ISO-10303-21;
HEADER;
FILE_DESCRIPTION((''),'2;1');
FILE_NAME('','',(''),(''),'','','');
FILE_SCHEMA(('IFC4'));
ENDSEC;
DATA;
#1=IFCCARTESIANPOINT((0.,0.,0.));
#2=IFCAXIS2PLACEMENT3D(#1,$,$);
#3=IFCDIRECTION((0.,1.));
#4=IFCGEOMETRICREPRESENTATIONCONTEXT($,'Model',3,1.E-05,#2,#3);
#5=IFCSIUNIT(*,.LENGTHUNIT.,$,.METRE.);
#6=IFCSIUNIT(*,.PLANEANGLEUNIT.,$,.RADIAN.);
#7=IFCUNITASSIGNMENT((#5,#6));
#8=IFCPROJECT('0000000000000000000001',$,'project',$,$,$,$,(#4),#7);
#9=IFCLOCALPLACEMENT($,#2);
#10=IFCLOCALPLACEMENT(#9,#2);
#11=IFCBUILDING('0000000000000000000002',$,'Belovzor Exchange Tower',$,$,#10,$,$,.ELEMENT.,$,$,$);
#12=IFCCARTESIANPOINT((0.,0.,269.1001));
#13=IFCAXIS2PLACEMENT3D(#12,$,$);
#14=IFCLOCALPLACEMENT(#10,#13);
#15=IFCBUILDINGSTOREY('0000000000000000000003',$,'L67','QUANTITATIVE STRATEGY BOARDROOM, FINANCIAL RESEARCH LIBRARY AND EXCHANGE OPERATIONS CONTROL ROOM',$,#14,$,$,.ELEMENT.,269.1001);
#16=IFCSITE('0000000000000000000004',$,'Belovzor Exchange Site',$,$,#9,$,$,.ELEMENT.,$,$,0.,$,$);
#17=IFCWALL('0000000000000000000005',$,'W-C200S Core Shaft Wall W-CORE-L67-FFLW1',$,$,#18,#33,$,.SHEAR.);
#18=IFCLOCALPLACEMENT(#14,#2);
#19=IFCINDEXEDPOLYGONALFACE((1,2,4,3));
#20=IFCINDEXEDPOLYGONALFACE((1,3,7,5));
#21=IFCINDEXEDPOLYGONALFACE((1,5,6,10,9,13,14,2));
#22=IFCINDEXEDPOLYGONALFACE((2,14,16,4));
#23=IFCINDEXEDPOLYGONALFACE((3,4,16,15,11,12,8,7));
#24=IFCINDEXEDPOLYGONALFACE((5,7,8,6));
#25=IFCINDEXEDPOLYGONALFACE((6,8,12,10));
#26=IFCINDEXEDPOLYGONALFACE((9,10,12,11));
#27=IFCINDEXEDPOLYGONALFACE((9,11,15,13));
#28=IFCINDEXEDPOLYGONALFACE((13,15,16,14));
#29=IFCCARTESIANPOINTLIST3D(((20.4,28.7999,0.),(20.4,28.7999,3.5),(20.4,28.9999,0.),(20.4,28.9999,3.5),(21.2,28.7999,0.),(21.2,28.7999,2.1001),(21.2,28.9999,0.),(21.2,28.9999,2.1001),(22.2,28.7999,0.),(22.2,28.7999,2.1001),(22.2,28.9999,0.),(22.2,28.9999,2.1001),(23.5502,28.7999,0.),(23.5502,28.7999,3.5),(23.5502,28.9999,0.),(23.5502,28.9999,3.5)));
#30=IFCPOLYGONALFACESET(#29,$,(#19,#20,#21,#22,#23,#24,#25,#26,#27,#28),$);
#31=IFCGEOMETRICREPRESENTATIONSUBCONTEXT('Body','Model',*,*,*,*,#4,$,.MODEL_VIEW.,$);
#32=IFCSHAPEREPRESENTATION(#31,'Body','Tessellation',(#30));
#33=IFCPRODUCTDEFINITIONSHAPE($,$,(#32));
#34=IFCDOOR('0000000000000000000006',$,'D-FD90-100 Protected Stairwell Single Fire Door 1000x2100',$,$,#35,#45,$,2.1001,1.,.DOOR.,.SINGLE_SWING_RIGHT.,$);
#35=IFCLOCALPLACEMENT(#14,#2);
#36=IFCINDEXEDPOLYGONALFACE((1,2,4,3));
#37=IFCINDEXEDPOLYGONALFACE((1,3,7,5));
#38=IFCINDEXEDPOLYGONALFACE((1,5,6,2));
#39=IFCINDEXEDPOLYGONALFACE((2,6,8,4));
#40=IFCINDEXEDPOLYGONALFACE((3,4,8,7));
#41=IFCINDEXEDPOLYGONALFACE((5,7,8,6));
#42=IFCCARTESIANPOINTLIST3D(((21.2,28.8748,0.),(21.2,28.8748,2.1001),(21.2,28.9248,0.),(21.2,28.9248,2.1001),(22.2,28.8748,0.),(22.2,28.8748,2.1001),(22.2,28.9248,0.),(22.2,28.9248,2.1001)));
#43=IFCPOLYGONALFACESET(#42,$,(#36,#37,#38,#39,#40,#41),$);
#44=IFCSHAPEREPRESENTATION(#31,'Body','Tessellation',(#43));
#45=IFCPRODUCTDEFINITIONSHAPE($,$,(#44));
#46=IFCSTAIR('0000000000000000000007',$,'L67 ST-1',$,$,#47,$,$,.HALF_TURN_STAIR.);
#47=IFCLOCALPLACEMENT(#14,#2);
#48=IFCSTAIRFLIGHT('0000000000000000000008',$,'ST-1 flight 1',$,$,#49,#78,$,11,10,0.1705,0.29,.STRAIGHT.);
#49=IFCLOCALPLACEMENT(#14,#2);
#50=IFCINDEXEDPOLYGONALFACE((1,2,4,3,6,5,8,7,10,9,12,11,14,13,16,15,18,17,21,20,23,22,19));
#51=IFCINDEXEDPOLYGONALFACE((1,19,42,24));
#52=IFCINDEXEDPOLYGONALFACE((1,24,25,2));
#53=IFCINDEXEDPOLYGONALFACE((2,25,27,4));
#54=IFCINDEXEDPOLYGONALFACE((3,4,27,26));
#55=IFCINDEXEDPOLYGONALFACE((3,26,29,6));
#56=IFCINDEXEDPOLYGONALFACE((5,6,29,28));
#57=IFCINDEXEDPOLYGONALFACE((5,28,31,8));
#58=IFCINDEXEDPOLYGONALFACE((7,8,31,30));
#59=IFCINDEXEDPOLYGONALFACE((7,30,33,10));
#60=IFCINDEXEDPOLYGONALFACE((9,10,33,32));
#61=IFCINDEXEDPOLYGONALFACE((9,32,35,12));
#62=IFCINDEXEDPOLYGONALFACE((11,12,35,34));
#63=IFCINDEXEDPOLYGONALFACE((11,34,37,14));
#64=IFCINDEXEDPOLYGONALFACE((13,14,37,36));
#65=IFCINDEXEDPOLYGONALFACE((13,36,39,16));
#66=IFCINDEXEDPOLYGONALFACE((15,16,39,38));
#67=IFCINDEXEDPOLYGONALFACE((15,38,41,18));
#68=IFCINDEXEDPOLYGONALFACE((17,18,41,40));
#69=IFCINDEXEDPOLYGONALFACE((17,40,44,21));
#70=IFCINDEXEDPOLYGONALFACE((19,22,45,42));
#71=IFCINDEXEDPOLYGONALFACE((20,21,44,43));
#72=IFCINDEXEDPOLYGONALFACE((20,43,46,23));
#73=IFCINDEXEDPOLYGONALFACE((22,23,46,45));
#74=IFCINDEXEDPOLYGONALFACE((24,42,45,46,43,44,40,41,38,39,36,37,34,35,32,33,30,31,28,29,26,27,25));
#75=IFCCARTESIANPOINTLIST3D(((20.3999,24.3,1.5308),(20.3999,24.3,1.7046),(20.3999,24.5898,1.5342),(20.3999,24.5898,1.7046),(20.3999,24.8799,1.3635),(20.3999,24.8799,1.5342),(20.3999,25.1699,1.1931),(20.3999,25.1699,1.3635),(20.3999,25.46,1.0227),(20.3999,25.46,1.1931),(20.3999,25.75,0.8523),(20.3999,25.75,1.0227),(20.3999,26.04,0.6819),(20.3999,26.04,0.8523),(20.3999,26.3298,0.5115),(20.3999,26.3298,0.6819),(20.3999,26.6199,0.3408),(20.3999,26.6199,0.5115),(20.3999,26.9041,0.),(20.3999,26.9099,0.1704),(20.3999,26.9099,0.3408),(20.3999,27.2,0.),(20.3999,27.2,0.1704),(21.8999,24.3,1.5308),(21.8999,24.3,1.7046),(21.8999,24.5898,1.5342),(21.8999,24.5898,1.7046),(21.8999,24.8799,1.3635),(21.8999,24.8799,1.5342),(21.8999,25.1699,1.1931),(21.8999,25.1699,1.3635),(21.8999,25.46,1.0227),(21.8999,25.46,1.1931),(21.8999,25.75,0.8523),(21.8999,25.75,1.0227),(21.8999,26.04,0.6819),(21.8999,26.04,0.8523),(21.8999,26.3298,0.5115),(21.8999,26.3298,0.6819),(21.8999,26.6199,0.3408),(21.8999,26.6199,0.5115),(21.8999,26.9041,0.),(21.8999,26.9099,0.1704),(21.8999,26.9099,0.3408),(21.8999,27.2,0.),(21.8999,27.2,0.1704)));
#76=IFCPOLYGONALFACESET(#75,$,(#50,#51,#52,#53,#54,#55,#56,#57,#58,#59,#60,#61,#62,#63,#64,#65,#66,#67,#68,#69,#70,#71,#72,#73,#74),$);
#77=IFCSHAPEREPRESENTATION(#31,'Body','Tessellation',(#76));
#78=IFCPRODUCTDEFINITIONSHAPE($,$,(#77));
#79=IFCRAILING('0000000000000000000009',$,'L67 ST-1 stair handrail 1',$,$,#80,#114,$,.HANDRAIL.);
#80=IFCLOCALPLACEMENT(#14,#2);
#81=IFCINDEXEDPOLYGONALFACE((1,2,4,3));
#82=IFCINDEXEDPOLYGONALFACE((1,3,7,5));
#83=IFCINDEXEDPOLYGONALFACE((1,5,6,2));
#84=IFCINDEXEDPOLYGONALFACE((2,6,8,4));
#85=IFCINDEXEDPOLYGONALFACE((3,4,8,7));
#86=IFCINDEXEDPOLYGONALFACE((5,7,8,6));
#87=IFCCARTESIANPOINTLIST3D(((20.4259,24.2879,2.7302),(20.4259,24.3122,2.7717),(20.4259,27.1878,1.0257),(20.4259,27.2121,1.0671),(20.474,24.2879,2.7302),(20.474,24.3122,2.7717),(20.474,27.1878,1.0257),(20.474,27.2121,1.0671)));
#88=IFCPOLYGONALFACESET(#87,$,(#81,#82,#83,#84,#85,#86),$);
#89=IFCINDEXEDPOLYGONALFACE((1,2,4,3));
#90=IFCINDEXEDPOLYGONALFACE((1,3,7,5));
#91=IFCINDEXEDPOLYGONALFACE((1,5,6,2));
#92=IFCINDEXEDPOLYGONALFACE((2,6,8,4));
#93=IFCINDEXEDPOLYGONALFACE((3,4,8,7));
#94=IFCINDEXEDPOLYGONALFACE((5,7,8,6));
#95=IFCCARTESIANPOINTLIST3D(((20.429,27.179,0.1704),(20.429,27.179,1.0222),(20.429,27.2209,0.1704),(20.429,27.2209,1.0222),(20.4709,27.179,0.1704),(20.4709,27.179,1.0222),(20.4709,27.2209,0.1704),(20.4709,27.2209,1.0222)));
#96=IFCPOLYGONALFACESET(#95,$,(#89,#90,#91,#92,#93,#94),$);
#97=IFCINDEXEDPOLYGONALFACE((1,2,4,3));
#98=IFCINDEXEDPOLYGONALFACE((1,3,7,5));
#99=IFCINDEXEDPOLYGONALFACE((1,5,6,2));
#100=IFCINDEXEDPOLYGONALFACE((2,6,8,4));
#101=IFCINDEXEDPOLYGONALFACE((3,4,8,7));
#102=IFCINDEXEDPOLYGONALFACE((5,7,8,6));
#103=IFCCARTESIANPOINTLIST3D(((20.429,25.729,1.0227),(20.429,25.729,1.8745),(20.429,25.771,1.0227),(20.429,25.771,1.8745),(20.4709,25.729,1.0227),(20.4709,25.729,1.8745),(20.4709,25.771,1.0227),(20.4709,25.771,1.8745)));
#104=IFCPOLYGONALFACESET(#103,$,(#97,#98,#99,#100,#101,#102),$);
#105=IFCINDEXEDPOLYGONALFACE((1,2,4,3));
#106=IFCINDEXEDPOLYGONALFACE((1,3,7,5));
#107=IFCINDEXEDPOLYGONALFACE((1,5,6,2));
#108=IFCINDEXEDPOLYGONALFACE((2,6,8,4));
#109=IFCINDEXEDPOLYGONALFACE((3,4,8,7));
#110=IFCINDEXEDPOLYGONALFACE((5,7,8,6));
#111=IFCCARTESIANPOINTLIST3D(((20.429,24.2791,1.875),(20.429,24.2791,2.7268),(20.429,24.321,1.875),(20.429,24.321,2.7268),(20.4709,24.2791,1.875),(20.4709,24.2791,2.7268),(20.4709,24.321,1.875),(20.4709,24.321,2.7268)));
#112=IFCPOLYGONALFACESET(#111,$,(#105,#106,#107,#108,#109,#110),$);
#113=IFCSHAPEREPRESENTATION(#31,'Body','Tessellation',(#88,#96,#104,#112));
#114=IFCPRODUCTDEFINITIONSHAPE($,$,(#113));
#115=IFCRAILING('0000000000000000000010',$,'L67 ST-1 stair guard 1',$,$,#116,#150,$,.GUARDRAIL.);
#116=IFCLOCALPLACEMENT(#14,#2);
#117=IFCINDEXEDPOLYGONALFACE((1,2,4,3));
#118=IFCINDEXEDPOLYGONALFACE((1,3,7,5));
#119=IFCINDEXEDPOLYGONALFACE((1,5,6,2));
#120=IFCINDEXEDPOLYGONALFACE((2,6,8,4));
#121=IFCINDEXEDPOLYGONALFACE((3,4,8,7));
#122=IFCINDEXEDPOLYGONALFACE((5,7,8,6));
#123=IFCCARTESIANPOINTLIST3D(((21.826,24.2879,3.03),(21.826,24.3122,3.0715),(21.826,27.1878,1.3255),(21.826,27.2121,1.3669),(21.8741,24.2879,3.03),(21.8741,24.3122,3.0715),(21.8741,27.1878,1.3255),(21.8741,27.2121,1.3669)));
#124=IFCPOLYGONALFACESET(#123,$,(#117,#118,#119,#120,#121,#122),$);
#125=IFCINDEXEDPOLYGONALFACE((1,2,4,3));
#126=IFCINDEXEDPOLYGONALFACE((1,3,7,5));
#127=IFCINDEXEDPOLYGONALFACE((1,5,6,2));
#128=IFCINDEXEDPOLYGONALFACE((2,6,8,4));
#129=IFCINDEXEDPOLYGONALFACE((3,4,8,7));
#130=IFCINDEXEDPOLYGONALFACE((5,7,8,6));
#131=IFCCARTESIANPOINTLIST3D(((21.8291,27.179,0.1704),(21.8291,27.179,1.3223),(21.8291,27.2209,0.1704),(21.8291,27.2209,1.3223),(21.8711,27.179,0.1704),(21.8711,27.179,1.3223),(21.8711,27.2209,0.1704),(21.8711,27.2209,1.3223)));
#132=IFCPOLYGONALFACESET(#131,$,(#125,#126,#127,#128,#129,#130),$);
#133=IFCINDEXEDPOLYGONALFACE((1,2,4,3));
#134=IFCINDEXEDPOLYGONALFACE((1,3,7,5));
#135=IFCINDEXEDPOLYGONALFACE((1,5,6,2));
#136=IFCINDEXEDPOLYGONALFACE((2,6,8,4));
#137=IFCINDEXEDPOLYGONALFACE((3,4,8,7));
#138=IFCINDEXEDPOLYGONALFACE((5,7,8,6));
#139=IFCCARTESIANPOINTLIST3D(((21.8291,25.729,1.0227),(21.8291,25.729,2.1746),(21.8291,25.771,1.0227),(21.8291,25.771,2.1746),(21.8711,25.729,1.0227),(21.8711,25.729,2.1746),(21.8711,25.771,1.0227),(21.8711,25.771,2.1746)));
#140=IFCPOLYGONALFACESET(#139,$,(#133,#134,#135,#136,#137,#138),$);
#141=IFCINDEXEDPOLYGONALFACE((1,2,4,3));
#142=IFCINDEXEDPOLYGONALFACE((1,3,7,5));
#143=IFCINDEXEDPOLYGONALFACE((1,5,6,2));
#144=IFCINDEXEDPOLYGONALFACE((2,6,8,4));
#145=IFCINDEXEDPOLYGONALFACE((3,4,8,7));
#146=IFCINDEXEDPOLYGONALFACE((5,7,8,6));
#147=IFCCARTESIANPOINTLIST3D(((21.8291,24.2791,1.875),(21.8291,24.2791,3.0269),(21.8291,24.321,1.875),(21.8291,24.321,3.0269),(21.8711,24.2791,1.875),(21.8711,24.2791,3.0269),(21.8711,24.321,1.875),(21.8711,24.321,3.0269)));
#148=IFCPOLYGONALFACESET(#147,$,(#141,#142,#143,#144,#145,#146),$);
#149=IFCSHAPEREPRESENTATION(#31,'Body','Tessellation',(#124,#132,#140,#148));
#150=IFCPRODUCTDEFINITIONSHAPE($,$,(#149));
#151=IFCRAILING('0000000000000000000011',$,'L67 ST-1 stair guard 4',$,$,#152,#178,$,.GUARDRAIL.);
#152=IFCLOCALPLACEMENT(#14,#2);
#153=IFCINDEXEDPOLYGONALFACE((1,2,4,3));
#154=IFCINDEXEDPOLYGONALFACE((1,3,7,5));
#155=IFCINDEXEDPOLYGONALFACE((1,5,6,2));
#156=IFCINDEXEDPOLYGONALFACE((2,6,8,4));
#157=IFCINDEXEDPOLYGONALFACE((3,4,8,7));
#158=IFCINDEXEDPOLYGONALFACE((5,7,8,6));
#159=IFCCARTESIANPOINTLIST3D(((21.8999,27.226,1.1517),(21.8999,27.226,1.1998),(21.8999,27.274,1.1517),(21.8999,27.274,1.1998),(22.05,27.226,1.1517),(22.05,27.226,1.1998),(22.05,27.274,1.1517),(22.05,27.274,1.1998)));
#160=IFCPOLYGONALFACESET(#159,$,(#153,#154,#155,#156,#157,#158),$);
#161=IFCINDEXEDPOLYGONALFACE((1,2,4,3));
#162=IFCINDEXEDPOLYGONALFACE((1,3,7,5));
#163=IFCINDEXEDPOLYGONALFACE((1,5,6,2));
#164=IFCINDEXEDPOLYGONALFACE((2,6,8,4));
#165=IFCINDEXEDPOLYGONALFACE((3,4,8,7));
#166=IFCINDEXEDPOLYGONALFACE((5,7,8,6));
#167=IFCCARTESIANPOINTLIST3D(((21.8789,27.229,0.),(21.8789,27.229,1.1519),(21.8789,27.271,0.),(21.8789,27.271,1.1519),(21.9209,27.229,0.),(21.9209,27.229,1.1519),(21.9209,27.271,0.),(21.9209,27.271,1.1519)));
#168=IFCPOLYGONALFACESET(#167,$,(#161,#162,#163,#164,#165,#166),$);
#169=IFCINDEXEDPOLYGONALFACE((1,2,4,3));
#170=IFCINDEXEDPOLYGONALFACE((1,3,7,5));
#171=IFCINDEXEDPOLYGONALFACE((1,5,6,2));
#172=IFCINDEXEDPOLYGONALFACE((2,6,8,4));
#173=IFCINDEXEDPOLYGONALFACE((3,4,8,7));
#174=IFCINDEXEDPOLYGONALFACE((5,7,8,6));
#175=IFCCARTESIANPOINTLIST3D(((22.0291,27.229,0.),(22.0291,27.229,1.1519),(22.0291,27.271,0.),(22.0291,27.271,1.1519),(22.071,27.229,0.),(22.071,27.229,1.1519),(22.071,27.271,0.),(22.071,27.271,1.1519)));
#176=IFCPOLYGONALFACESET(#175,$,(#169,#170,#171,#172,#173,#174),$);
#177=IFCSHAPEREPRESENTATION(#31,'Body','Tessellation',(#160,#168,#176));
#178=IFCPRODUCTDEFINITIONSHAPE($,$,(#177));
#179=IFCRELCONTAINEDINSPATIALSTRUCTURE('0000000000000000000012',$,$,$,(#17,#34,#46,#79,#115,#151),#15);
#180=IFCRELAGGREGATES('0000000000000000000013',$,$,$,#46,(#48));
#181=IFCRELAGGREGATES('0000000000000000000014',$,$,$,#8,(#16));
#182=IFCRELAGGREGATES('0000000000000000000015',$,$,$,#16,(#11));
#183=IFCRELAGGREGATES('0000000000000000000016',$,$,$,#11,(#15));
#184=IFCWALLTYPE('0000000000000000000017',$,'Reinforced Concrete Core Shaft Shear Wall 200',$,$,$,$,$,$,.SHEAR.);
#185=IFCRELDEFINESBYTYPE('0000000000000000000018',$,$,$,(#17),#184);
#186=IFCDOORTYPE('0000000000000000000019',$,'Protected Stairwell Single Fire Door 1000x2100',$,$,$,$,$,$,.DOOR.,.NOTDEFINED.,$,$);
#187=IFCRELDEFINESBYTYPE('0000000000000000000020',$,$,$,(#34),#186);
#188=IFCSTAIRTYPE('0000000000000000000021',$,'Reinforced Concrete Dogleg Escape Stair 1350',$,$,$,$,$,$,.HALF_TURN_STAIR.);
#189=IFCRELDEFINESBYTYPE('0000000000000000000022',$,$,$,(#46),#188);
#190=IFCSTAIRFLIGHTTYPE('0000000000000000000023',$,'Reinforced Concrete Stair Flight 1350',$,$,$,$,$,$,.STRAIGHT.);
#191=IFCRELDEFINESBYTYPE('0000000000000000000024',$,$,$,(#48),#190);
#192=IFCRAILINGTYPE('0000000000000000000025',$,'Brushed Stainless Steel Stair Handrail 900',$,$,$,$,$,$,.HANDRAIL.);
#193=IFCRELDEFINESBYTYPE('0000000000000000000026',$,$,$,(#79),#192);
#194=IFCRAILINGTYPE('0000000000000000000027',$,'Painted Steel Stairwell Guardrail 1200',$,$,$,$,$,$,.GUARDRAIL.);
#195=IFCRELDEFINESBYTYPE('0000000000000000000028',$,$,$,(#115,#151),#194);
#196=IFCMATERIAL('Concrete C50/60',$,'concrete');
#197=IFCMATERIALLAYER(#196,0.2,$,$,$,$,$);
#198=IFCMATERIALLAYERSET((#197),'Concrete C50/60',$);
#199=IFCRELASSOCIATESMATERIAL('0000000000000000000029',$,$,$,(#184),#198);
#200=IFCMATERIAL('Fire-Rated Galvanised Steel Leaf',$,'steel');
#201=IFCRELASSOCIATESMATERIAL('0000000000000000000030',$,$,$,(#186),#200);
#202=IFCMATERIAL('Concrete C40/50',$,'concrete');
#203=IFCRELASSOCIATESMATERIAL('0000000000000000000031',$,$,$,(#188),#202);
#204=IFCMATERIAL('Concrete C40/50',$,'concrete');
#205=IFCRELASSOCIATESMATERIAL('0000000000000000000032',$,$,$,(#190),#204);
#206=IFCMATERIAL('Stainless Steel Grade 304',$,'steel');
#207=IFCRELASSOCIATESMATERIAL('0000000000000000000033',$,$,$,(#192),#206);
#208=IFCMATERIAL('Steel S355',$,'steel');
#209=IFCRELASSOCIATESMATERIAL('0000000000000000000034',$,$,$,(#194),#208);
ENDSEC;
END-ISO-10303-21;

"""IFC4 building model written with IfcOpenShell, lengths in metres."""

from ifc_helpers import new_model, si_unit, direction, frame, frame_2d, origin, origin_2d, place, context, subcontext, project, spatial, polyline, rectangle, outline, extrude, material, layer, layer_set, type_object, element, fill, aggregate, save


model = new_model("IFC4")

# Units and contexts
model_context = context("Model", 3, precision=1e-05, world=origin(), true_north=direction((0.0, 1.0)))
body_context = subcontext(model_context, "Body", "Model", "MODEL_VIEW")
ifc_project = project(units=[si_unit("LENGTHUNIT", "METRE"), si_unit("PLANEANGLEUNIT", "RADIAN")], contexts=[model_context])

# Site, building, storey
site_placement = place(None, origin())
site = spatial("IfcSite", under=ifc_project, at=site_placement, Name="Belovzor Exchange Site", CompositionType="ELEMENT", RefElevation=0.0)
building_placement = place(site_placement, origin())
building = spatial("IfcBuilding", under=site, at=building_placement, Name="Belovzor Exchange Tower", CompositionType="ELEMENT")
storey_placement = place(building_placement, frame((0.0, 0.0, 269.1001)))
storey = spatial("IfcBuildingStorey", under=building, at=storey_placement, Name="L67", Description="QUANTITATIVE STRATEGY BOARDROOM, FINANCIAL RESEARCH LIBRARY AND EXCHANGE OPERATIONS CONTROL ROOM", CompositionType="ELEMENT", Elevation=269.1001)

# Wall, opening, door
ifc_material_1 = material(Name="Concrete C50/60", Category="concrete")
ifc_layer_1 = layer(ifc_material_1, 0.2)
ifc_layer_set_1 = layer_set([ifc_layer_1], Name="Concrete C50/60")
wall_type_1 = type_object("IfcWallType", Name="Reinforced Concrete Core Shaft Shear Wall 200", PredefinedType="SHEAR", material=ifc_layer_set_1)
wall_1_placement = place(storey_placement, frame((20.3999, 28.8999, 0.0), z_axis=(0.0, 0.0, 1.0), x_axis=(1.0, 0.0, 0.0)))
wall_1 = element("IfcWall", 1, at=wall_1_placement, inside=storey, type_object=wall_type_1, Name="W-C200S Core Shaft Wall W-CORE-L67-FFLW1", PredefinedType="SHEAR", context=body_context, shape_type="SweptSolid", body=[
    extrude(rectangle(XDim=3.1501, YDim=0.2, at=frame_2d((1.5752, 0.0))), origin(), (0.0, 0.0, 1.0), 3.5),
])
opening_1_placement = place(wall_1_placement, frame((0.8, 0.0, 0.0)))
opening_1 = element("IfcOpeningElement", 2, at=opening_1_placement, cuts=wall_1, PredefinedType="OPENING", context=body_context, shape_type="SweptSolid", body=[
    extrude(rectangle(XDim=1.0, YDim=2.1001, at=frame_2d((0.5, 1.05))), frame((0.0, 0.1099, 0.0), z_axis=(0.0, -1.0, 0.0), x_axis=(1.0, 0.0, 0.0)), (0.0, 0.0, 1.0), 0.22),
])
ifc_material_2 = material(Name="Fire-Rated Galvanised Steel Leaf", Category="steel")
door_type_1 = type_object("IfcDoorType", Name="Protected Stairwell Single Fire Door 1000x2100", OperationType="NOTDEFINED", PredefinedType="DOOR", material=ifc_material_2)
door_1_placement = place(opening_1_placement, origin())
door_1 = element("IfcDoor", 3, at=door_1_placement, inside=storey, type_object=door_type_1, Name="D-FD90-100 Protected Stairwell Single Fire Door 1000x2100", OperationType="SINGLE_SWING_RIGHT", OverallHeight=2.1001, OverallWidth=1.0, PredefinedType="DOOR", context=body_context, shape_type="SweptSolid", body=[
    extrude(rectangle(XDim=1.0, YDim=2.1001, at=frame_2d((0.5, 1.05))), frame((0.0, 0.0249, 0.0), z_axis=(0.0, -1.0, 0.0), x_axis=(1.0, 0.0, 0.0)), (0.0, 0.0, 1.0), 0.05),
])
fill(opening_1, door_1)

# Stair, stair flight
ifc_material_3 = material(Name="Concrete C40/50", Category="concrete")
stair_type = type_object("IfcStairType", Name="Reinforced Concrete Dogleg Escape Stair 1350", PredefinedType="HALF_TURN_STAIR", material=ifc_material_3)
stair_placement = place(storey_placement, origin())
stair = element("IfcStair", 4, at=stair_placement, inside=storey, type_object=stair_type, Name="L67 ST-1", PredefinedType="HALF_TURN_STAIR")
ifc_material_4 = material(Name="Concrete C40/50", Category="concrete")
stair_flight_type = type_object("IfcStairFlightType", Name="Reinforced Concrete Stair Flight 1350", PredefinedType="STRAIGHT", material=ifc_material_4)
stair_flight_placement = place(storey_placement, frame((21.1499, 27.2, 0.0), z_axis=(0.0, 0.0, 1.0), x_axis=(0.0, -1.0, 0.0)))
stair_flight = element("IfcStairFlight", 5, at=stair_flight_placement, type_object=stair_flight_type, Name="ST-1 flight 1", NumberOfRisers=11, NumberOfTreads=10, PredefinedType="STRAIGHT", RiserHeight=0.1705, TreadLength=0.29, context=body_context, shape_type="SweptSolid", body=[
    extrude(outline(polyline([(0.0, 0.0), (0.0, 0.1704), (0.29, 0.1704), (0.29, 0.3408), (0.5801, 0.3408), (0.5801, 0.5115), (0.8701, 0.5115), (0.8701, 0.6819), (1.1599, 0.6819), (1.1599, 0.8523), (1.45, 0.8523), (1.45, 1.0227), (1.74, 1.0227), (1.74, 1.1931), (2.03, 1.1931), (2.03, 1.3635), (2.3201, 1.3635), (2.3201, 1.5342), (2.6101, 1.5342), (2.6101, 1.7046), (2.8999, 1.7046), (2.8999, 1.875), (2.8999, 1.5308), (0.2959, 0.0), (0.0, 0.0)])), frame((0.0, 0.75, 0.0), z_axis=(0.0, -1.0, 0.0), x_axis=(1.0, 0.0, 0.0)), (0.0, 0.0, 1.0), 1.5),
])
aggregate(stair, [stair_flight])

# Railings
ifc_material_5 = material(Name="Stainless Steel Grade 304", Category="steel")
railing_type_1 = type_object("IfcRailingType", Name="Brushed Stainless Steel Stair Handrail 900", PredefinedType="HANDRAIL", material=ifc_material_5)
railing_1_placement = place(storey_placement, frame((20.45, 27.2, 0.1704)))
element("IfcRailing", 6, at=railing_1_placement, inside=storey, type_object=railing_type_1, Name="L67 ST-1 stair handrail 1", PredefinedType="HANDRAIL", context=body_context, shape_type="SweptSolid", body=[
    extrude(rectangle(XDim=0.0481, YDim=0.0481, at=origin_2d()), frame((0.0, 0.0, 0.876), z_axis=(0.0, -0.862095, 0.506747), x_axis=(1.0, 0.0, 0.0)), (0.0, 0.0, 1.0), 3.3638),
    extrude(rectangle(XDim=0.042, YDim=0.042, at=origin_2d()), origin(), (0.0, 0.0, 1.0), 0.8518),
    extrude(rectangle(XDim=0.042, YDim=0.042, at=origin_2d()), frame((0.0, -1.45, 0.8523)), (0.0, 0.0, 1.0), 0.8518),
    extrude(rectangle(XDim=0.042, YDim=0.042, at=origin_2d()), frame((0.0, -2.8999, 1.7046)), (0.0, 0.0, 1.0), 0.8518),
])
ifc_material_6 = material(Name="Steel S355", Category="steel")
railing_type_2 = type_object("IfcRailingType", Name="Painted Steel Stairwell Guardrail 1200", PredefinedType="GUARDRAIL", material=ifc_material_6)
railing_2_placement = place(storey_placement, frame((21.8501, 27.2, 0.1704)))
element("IfcRailing", 7, at=railing_2_placement, inside=storey, type_object=railing_type_2, Name="L67 ST-1 stair guard 1", PredefinedType="GUARDRAIL", context=body_context, shape_type="SweptSolid", body=[
    extrude(rectangle(XDim=0.0481, YDim=0.0481, at=origin_2d()), frame((0.0, 0.0, 1.1758), z_axis=(0.0, -0.862095, 0.506747), x_axis=(1.0, 0.0, 0.0)), (0.0, 0.0, 1.0), 3.3638),
    extrude(rectangle(XDim=0.042, YDim=0.042, at=origin_2d()), origin(), (0.0, 0.0, 1.0), 1.1519),
    extrude(rectangle(XDim=0.042, YDim=0.042, at=origin_2d()), frame((0.0, -1.45, 0.8523)), (0.0, 0.0, 1.0), 1.1519),
    extrude(rectangle(XDim=0.042, YDim=0.042, at=origin_2d()), frame((0.0, -2.8999, 1.7046)), (0.0, 0.0, 1.0), 1.1519),
])
railing_3_placement = place(storey_placement, frame((21.8999, 27.25, 0.0)))
element("IfcRailing", 8, at=railing_3_placement, inside=storey, type_object=railing_type_2, Name="L67 ST-1 stair guard 4", PredefinedType="GUARDRAIL", context=body_context, shape_type="SweptSolid", body=[
    extrude(rectangle(XDim=0.0481, YDim=0.0481, at=origin_2d()), frame((0.0, 0.0, 1.1758), z_axis=(1.0, 0.0, 0.0), x_axis=(0.0, 1.0, 0.0)), (0.0, 0.0, 1.0), 0.1501),
    extrude(rectangle(XDim=0.042, YDim=0.042, at=origin_2d()), origin(), (0.0, 0.0, 1.0), 1.1519),
    extrude(rectangle(XDim=0.042, YDim=0.042, at=origin_2d()), frame((0.1501, 0.0, 0.0)), (0.0, 0.0, 1.0), 1.1519),
])

save(model, "model.ifc")
